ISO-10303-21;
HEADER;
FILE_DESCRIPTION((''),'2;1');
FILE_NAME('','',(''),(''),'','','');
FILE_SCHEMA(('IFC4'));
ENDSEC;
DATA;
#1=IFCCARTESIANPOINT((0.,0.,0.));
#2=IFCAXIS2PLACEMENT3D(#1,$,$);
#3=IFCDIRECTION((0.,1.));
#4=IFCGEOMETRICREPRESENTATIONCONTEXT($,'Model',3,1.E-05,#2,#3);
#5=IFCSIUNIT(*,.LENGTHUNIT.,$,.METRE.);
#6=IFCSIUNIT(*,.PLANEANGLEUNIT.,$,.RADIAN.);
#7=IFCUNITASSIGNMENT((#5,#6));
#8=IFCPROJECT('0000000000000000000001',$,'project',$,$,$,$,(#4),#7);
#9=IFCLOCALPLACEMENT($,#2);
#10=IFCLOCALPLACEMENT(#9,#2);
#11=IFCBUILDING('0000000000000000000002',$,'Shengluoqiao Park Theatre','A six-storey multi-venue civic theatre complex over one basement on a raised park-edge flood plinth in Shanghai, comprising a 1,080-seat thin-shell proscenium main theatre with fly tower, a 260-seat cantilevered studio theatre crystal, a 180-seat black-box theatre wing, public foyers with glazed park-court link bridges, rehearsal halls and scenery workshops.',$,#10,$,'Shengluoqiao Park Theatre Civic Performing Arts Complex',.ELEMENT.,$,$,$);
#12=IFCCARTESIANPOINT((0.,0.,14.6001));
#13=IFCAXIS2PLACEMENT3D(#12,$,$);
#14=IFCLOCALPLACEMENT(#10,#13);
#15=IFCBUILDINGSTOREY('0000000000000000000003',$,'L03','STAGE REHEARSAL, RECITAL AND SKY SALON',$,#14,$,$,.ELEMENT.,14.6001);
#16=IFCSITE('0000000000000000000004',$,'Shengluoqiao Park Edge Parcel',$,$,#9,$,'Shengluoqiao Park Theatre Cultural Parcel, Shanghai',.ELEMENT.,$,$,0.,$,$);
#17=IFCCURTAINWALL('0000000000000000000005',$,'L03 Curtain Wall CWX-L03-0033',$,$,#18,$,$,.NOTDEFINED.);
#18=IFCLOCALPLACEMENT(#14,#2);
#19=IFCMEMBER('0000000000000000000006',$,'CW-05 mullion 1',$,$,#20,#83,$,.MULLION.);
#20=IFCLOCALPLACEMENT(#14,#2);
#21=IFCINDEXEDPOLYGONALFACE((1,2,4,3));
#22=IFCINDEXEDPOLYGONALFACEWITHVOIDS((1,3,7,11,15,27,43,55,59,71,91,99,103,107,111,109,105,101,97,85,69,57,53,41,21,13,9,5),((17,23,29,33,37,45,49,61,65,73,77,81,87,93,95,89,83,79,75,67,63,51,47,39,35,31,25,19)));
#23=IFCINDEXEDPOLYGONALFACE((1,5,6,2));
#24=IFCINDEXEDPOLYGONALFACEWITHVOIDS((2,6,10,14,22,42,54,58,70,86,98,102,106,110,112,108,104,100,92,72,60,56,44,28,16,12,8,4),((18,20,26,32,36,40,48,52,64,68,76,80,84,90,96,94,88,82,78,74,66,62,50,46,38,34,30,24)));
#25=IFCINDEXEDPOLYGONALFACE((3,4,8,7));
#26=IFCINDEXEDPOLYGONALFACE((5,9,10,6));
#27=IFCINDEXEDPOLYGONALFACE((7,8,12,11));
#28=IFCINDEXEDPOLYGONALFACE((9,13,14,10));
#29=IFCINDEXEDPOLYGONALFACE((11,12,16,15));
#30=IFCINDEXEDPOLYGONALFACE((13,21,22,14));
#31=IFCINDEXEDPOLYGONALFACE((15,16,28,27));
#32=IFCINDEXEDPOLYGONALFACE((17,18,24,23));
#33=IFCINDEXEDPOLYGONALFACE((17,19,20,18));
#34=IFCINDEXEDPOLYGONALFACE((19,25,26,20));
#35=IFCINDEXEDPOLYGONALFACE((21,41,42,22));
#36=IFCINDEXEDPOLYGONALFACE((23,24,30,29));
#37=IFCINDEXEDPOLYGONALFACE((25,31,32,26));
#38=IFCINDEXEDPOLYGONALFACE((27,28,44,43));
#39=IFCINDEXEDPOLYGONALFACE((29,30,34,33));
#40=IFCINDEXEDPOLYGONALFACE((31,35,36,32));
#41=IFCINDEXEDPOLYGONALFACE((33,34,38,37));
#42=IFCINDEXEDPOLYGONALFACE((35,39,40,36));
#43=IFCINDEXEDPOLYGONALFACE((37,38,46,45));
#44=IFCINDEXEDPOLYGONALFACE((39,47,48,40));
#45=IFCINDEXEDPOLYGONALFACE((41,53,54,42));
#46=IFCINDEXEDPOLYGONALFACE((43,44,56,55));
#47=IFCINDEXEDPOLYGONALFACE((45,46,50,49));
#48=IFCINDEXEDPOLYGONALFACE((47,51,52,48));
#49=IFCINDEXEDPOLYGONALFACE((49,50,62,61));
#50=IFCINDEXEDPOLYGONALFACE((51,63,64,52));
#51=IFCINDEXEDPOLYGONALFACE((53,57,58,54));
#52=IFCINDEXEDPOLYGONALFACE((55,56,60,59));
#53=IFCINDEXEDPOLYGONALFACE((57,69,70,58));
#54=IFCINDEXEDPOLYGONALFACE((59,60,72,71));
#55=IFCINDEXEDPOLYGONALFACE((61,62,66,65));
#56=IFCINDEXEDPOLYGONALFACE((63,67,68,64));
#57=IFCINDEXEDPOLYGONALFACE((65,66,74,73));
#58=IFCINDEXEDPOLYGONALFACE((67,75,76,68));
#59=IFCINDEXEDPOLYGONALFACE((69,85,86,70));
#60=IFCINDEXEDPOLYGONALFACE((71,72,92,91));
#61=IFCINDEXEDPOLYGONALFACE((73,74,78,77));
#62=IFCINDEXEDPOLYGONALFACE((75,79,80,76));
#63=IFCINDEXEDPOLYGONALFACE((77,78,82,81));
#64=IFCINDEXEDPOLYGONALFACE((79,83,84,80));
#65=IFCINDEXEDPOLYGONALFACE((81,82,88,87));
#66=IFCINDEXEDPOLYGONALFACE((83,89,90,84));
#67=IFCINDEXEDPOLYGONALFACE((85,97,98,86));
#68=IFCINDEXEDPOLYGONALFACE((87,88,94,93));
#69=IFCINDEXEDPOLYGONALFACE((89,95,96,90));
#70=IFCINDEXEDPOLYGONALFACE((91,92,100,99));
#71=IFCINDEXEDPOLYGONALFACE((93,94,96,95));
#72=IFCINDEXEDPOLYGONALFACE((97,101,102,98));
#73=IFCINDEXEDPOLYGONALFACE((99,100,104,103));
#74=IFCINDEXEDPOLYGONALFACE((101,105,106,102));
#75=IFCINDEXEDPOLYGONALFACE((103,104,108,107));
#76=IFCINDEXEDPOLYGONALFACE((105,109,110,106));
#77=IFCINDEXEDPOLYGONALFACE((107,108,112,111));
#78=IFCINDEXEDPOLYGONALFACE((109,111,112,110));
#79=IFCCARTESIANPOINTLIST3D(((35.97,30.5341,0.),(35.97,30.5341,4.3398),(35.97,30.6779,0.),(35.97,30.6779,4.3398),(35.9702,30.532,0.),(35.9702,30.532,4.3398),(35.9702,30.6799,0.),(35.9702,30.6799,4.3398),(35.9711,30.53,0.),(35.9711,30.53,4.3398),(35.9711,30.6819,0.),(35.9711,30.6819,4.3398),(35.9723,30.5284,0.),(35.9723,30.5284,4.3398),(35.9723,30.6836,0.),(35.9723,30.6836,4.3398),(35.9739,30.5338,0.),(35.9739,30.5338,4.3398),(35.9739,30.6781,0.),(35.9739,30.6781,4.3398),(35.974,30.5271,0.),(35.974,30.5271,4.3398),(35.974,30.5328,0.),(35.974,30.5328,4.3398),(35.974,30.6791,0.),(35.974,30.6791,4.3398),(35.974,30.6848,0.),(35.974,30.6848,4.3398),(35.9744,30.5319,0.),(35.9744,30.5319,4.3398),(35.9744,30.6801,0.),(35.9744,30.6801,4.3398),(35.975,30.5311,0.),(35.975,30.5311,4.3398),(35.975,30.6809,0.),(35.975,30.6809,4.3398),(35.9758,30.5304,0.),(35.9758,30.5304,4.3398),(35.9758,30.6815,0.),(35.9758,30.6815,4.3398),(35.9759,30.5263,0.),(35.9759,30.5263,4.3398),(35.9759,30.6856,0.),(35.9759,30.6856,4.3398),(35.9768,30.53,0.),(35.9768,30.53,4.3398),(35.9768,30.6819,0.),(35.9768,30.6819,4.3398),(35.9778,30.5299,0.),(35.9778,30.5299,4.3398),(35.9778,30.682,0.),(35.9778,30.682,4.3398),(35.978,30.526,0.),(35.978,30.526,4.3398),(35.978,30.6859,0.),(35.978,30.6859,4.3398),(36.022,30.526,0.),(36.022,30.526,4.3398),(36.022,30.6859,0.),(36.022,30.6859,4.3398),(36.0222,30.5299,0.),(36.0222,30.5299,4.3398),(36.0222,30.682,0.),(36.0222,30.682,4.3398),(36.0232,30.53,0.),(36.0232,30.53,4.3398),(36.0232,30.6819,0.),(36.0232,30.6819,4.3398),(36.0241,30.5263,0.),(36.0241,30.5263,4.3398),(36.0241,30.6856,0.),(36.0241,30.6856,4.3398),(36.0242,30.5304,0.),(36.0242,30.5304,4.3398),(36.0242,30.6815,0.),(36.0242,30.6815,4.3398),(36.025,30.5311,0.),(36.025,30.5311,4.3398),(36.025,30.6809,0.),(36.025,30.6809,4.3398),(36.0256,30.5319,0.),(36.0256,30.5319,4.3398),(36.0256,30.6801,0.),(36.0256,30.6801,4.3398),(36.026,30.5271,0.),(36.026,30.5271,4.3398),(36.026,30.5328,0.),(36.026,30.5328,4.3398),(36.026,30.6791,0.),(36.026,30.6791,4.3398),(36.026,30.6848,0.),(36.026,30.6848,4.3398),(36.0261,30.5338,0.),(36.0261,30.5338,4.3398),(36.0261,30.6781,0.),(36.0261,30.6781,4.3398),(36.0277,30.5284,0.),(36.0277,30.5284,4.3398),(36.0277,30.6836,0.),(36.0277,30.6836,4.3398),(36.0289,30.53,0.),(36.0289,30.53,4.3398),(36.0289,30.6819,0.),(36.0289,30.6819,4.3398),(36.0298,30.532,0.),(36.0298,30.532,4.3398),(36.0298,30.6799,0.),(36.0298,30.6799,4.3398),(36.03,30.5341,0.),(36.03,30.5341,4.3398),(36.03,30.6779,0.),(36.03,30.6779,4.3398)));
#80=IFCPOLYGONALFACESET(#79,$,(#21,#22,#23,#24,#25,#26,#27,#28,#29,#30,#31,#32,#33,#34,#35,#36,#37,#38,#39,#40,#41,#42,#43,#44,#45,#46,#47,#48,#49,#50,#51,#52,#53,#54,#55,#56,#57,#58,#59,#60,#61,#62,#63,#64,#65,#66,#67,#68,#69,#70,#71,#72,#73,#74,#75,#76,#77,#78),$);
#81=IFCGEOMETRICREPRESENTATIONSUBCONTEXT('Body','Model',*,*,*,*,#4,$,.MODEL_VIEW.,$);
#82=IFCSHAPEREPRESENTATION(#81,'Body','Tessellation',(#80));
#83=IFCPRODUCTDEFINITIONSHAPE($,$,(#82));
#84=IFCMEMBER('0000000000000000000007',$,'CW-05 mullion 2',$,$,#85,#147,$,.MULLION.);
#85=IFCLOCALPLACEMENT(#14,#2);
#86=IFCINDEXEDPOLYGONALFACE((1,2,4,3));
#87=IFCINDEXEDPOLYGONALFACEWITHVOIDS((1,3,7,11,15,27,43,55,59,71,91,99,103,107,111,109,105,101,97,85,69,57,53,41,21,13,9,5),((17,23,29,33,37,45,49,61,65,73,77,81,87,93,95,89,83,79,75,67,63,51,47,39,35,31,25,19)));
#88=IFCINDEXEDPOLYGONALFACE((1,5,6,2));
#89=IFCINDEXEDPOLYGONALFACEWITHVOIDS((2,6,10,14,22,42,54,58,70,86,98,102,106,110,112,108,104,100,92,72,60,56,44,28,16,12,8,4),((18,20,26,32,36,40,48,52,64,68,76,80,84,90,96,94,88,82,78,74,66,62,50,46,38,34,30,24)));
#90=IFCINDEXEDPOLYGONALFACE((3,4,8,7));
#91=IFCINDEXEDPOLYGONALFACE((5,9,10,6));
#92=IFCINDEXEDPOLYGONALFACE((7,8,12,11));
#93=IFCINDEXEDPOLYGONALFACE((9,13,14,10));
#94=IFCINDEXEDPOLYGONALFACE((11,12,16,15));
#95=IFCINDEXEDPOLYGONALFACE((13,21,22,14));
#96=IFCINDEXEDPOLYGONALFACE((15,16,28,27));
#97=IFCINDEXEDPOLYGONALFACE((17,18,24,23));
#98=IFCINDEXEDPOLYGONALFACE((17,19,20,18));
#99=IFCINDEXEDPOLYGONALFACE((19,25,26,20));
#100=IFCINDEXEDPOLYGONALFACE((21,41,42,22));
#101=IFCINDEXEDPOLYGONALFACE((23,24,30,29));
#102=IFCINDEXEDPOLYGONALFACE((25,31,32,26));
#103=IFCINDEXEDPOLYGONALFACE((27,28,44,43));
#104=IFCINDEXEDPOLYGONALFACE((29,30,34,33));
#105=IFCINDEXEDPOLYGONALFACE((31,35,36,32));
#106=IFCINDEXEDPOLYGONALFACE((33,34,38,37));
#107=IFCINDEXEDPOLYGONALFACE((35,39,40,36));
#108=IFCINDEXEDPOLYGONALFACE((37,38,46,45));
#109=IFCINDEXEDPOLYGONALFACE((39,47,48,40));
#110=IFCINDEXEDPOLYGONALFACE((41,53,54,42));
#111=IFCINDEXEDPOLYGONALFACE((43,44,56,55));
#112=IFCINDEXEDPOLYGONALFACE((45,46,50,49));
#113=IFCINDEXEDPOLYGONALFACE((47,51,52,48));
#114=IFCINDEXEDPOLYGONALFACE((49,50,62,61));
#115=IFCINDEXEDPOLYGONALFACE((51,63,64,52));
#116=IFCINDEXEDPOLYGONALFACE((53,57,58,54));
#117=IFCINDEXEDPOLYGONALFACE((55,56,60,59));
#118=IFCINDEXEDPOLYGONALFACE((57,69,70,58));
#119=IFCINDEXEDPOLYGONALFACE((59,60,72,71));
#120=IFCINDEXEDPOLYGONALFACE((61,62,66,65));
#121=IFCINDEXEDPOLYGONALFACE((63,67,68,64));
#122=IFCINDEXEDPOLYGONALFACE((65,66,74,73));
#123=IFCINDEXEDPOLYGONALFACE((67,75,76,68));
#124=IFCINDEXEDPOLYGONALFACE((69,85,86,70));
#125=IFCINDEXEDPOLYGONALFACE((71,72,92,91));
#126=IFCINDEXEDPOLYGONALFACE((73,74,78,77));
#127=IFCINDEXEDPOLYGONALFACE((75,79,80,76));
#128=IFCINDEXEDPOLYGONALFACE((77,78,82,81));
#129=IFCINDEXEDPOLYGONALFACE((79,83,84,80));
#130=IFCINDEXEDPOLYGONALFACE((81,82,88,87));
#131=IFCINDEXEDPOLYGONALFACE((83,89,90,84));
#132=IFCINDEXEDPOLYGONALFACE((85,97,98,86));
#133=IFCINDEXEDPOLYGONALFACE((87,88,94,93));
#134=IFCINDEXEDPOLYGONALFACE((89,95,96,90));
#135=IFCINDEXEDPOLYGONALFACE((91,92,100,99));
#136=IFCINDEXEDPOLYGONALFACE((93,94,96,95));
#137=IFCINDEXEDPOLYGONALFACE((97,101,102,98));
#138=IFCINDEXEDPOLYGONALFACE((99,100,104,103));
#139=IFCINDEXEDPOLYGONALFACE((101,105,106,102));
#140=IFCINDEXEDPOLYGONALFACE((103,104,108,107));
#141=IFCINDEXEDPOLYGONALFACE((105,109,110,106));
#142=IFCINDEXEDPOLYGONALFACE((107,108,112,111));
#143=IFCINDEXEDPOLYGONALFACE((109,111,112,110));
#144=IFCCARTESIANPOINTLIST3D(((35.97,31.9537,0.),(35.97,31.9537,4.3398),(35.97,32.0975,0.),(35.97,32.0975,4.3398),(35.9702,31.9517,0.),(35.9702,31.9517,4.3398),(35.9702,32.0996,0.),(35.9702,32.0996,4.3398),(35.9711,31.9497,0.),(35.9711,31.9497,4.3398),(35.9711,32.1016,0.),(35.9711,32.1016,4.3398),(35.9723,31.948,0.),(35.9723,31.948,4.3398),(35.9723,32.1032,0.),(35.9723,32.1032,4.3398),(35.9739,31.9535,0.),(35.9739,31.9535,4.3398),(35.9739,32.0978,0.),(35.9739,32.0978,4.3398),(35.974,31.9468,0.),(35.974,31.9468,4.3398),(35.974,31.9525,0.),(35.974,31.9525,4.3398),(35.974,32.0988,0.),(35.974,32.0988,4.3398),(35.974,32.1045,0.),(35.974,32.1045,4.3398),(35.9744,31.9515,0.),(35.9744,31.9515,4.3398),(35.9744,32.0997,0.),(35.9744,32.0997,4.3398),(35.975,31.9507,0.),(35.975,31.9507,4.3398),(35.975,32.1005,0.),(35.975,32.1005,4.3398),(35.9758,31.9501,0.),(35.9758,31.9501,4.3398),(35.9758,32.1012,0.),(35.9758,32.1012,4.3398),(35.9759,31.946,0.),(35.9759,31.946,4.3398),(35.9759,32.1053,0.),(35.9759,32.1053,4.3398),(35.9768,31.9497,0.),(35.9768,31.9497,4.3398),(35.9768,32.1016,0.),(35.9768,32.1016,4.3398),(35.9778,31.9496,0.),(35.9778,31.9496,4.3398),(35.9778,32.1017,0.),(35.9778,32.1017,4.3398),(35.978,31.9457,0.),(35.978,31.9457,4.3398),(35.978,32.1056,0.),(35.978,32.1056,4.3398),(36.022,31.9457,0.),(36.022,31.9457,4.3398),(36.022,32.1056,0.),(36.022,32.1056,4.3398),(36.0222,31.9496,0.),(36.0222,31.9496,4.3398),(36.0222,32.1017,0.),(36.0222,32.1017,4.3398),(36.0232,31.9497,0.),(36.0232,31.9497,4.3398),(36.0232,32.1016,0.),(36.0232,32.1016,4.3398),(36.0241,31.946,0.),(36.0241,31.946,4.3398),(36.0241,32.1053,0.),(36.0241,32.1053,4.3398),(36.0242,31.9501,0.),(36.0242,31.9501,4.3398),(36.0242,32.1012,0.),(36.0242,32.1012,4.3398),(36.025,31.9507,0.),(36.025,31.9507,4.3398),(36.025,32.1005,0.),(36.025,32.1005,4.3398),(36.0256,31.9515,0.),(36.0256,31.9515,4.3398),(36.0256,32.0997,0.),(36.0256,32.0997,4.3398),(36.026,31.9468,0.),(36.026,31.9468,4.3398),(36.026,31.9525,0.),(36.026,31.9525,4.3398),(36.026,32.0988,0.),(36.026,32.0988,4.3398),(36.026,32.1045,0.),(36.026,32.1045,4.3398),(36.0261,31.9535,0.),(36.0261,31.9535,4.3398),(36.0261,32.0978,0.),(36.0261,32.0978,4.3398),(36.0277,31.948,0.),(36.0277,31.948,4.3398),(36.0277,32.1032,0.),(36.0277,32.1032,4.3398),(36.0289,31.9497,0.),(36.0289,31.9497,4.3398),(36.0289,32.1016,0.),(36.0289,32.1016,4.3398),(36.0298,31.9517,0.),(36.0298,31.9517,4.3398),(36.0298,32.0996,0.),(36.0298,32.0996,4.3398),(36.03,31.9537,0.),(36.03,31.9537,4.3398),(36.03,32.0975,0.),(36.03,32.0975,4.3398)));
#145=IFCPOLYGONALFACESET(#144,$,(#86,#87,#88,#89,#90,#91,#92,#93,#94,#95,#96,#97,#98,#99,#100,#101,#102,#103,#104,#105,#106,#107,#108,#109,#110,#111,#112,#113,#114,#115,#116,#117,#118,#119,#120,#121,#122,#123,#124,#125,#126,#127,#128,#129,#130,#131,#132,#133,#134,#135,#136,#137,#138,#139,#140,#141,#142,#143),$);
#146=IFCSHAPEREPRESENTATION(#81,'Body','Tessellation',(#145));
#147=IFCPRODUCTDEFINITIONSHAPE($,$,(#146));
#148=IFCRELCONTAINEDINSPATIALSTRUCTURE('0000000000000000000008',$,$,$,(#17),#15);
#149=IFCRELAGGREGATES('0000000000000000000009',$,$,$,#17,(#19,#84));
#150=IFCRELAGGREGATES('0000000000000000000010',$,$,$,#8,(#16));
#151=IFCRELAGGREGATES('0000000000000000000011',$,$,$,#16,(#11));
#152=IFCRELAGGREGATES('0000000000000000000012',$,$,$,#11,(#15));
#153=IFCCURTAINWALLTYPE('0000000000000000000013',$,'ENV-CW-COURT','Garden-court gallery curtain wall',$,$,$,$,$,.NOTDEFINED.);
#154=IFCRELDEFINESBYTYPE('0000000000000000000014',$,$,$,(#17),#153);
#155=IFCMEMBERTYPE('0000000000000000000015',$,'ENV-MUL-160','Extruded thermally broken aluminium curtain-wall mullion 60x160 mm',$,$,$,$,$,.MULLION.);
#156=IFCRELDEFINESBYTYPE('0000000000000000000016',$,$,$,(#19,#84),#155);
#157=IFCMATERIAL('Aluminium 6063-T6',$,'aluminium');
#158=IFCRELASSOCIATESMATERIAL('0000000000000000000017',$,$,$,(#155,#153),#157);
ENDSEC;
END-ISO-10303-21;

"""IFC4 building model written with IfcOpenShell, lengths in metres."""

from ifc_helpers import new_model, si_unit, direction, frame, origin, origin_2d, place, context, subcontext, project, spatial, hollow_rectangle, extrude, material, material_profile, profile_set, type_object, element, aggregate, save


model = new_model("IFC4")

# Units and contexts
model_context = context("Model", 3, precision=1e-05, world=origin(), true_north=direction((0.0, 1.0)))
body_context = subcontext(model_context, "Body", "Model", "MODEL_VIEW")
ifc_project = project(units=[si_unit("LENGTHUNIT", "METRE"), si_unit("PLANEANGLEUNIT", "RADIAN")], contexts=[model_context])

# Site, building, storey
site_placement = place(None, origin())
site = spatial("IfcSite", under=ifc_project, at=site_placement, Name="Shengluoqiao Park Edge Parcel", LongName="Shengluoqiao Park Theatre Cultural Parcel, Shanghai", CompositionType="ELEMENT", RefElevation=0.0)
building_placement = place(site_placement, origin())
building = spatial("IfcBuilding", under=site, at=building_placement, Name="Shengluoqiao Park Theatre", Description="A six-storey multi-venue civic theatre complex over one basement on a raised park-edge flood plinth in Shanghai, comprising a 1,080-seat thin-shell proscenium main theatre with fly tower, a 260-seat cantilevered studio theatre crystal, a 180-seat black-box theatre wing, public foyers with glazed park-court link bridges, rehearsal halls and scenery workshops.", LongName="Shengluoqiao Park Theatre Civic Performing Arts Complex", CompositionType="ELEMENT")
storey_placement = place(building_placement, frame((0.0, 0.0, 14.6001)))
storey = spatial("IfcBuildingStorey", under=building, at=storey_placement, Name="L03", Description="STAGE REHEARSAL, RECITAL AND SKY SALON", CompositionType="ELEMENT", Elevation=14.6001)

# Curtain wall, members
ifc_material_1 = material(Name="Aluminium 6063-T6", Category="aluminium")
ifc_material_profile_1 = material_profile(ifc_material_1, hollow_rectangle(XDim=0.0601, YDim=0.1599, WallThickness=0.0039, InnerFilletRadius=0.0039, OuterFilletRadius=0.0081, at=origin_2d()), Name="ALU MULLION 160x60x4")
ifc_profile_set_1 = profile_set([ifc_material_profile_1], Name="Aluminium 6063-T6")
member_type_1 = type_object("IfcMemberType", Name="ENV-MUL-160", Description="Extruded thermally broken aluminium curtain-wall mullion 60x160 mm", PredefinedType="MULLION", material=ifc_profile_set_1)
curtain_wall_type_1 = type_object("IfcCurtainWallType", Name="ENV-CW-COURT", Description="Garden-court gallery curtain wall", PredefinedType="NOTDEFINED", material=ifc_material_1)
curtain_wall_1_placement = place(storey_placement, origin())
curtain_wall_1 = element("IfcCurtainWall", 1, at=curtain_wall_1_placement, inside=storey, type_object=curtain_wall_type_1, Name="L03 Curtain Wall CWX-L03-0033", PredefinedType="NOTDEFINED")
member_1_placement = place(storey_placement, frame((36.0, 30.606, 0.0), z_axis=(0.0, 0.0, 1.0), x_axis=(-1.0, 0.0, 0.0)))
member_1 = element("IfcMember", 2, at=member_1_placement, type_object=member_type_1, Name="CW-05 mullion 1", PredefinedType="MULLION", context=body_context, shape_type="SweptSolid", body=[
    extrude(hollow_rectangle(XDim=0.0601, YDim=0.1599, WallThickness=0.0039, InnerFilletRadius=0.0039, OuterFilletRadius=0.0081, at=origin_2d()), origin(), (0.0, 0.0, 1.0), 4.3398),
])
member_2_placement = place(storey_placement, frame((36.0, 32.0256, 0.0), z_axis=(0.0, 0.0, 1.0), x_axis=(-1.0, 0.0, 0.0)))
member_2 = element("IfcMember", 3, at=member_2_placement, type_object=member_type_1, Name="CW-05 mullion 2", PredefinedType="MULLION", context=body_context, shape_type="SweptSolid", body=[
    extrude(hollow_rectangle(XDim=0.0601, YDim=0.1599, WallThickness=0.0039, InnerFilletRadius=0.0039, OuterFilletRadius=0.0081, at=origin_2d()), origin(), (0.0, 0.0, 1.0), 4.3398),
])

aggregate(curtain_wall_1, [member_1, member_2])

save(model, "model.ifc")
